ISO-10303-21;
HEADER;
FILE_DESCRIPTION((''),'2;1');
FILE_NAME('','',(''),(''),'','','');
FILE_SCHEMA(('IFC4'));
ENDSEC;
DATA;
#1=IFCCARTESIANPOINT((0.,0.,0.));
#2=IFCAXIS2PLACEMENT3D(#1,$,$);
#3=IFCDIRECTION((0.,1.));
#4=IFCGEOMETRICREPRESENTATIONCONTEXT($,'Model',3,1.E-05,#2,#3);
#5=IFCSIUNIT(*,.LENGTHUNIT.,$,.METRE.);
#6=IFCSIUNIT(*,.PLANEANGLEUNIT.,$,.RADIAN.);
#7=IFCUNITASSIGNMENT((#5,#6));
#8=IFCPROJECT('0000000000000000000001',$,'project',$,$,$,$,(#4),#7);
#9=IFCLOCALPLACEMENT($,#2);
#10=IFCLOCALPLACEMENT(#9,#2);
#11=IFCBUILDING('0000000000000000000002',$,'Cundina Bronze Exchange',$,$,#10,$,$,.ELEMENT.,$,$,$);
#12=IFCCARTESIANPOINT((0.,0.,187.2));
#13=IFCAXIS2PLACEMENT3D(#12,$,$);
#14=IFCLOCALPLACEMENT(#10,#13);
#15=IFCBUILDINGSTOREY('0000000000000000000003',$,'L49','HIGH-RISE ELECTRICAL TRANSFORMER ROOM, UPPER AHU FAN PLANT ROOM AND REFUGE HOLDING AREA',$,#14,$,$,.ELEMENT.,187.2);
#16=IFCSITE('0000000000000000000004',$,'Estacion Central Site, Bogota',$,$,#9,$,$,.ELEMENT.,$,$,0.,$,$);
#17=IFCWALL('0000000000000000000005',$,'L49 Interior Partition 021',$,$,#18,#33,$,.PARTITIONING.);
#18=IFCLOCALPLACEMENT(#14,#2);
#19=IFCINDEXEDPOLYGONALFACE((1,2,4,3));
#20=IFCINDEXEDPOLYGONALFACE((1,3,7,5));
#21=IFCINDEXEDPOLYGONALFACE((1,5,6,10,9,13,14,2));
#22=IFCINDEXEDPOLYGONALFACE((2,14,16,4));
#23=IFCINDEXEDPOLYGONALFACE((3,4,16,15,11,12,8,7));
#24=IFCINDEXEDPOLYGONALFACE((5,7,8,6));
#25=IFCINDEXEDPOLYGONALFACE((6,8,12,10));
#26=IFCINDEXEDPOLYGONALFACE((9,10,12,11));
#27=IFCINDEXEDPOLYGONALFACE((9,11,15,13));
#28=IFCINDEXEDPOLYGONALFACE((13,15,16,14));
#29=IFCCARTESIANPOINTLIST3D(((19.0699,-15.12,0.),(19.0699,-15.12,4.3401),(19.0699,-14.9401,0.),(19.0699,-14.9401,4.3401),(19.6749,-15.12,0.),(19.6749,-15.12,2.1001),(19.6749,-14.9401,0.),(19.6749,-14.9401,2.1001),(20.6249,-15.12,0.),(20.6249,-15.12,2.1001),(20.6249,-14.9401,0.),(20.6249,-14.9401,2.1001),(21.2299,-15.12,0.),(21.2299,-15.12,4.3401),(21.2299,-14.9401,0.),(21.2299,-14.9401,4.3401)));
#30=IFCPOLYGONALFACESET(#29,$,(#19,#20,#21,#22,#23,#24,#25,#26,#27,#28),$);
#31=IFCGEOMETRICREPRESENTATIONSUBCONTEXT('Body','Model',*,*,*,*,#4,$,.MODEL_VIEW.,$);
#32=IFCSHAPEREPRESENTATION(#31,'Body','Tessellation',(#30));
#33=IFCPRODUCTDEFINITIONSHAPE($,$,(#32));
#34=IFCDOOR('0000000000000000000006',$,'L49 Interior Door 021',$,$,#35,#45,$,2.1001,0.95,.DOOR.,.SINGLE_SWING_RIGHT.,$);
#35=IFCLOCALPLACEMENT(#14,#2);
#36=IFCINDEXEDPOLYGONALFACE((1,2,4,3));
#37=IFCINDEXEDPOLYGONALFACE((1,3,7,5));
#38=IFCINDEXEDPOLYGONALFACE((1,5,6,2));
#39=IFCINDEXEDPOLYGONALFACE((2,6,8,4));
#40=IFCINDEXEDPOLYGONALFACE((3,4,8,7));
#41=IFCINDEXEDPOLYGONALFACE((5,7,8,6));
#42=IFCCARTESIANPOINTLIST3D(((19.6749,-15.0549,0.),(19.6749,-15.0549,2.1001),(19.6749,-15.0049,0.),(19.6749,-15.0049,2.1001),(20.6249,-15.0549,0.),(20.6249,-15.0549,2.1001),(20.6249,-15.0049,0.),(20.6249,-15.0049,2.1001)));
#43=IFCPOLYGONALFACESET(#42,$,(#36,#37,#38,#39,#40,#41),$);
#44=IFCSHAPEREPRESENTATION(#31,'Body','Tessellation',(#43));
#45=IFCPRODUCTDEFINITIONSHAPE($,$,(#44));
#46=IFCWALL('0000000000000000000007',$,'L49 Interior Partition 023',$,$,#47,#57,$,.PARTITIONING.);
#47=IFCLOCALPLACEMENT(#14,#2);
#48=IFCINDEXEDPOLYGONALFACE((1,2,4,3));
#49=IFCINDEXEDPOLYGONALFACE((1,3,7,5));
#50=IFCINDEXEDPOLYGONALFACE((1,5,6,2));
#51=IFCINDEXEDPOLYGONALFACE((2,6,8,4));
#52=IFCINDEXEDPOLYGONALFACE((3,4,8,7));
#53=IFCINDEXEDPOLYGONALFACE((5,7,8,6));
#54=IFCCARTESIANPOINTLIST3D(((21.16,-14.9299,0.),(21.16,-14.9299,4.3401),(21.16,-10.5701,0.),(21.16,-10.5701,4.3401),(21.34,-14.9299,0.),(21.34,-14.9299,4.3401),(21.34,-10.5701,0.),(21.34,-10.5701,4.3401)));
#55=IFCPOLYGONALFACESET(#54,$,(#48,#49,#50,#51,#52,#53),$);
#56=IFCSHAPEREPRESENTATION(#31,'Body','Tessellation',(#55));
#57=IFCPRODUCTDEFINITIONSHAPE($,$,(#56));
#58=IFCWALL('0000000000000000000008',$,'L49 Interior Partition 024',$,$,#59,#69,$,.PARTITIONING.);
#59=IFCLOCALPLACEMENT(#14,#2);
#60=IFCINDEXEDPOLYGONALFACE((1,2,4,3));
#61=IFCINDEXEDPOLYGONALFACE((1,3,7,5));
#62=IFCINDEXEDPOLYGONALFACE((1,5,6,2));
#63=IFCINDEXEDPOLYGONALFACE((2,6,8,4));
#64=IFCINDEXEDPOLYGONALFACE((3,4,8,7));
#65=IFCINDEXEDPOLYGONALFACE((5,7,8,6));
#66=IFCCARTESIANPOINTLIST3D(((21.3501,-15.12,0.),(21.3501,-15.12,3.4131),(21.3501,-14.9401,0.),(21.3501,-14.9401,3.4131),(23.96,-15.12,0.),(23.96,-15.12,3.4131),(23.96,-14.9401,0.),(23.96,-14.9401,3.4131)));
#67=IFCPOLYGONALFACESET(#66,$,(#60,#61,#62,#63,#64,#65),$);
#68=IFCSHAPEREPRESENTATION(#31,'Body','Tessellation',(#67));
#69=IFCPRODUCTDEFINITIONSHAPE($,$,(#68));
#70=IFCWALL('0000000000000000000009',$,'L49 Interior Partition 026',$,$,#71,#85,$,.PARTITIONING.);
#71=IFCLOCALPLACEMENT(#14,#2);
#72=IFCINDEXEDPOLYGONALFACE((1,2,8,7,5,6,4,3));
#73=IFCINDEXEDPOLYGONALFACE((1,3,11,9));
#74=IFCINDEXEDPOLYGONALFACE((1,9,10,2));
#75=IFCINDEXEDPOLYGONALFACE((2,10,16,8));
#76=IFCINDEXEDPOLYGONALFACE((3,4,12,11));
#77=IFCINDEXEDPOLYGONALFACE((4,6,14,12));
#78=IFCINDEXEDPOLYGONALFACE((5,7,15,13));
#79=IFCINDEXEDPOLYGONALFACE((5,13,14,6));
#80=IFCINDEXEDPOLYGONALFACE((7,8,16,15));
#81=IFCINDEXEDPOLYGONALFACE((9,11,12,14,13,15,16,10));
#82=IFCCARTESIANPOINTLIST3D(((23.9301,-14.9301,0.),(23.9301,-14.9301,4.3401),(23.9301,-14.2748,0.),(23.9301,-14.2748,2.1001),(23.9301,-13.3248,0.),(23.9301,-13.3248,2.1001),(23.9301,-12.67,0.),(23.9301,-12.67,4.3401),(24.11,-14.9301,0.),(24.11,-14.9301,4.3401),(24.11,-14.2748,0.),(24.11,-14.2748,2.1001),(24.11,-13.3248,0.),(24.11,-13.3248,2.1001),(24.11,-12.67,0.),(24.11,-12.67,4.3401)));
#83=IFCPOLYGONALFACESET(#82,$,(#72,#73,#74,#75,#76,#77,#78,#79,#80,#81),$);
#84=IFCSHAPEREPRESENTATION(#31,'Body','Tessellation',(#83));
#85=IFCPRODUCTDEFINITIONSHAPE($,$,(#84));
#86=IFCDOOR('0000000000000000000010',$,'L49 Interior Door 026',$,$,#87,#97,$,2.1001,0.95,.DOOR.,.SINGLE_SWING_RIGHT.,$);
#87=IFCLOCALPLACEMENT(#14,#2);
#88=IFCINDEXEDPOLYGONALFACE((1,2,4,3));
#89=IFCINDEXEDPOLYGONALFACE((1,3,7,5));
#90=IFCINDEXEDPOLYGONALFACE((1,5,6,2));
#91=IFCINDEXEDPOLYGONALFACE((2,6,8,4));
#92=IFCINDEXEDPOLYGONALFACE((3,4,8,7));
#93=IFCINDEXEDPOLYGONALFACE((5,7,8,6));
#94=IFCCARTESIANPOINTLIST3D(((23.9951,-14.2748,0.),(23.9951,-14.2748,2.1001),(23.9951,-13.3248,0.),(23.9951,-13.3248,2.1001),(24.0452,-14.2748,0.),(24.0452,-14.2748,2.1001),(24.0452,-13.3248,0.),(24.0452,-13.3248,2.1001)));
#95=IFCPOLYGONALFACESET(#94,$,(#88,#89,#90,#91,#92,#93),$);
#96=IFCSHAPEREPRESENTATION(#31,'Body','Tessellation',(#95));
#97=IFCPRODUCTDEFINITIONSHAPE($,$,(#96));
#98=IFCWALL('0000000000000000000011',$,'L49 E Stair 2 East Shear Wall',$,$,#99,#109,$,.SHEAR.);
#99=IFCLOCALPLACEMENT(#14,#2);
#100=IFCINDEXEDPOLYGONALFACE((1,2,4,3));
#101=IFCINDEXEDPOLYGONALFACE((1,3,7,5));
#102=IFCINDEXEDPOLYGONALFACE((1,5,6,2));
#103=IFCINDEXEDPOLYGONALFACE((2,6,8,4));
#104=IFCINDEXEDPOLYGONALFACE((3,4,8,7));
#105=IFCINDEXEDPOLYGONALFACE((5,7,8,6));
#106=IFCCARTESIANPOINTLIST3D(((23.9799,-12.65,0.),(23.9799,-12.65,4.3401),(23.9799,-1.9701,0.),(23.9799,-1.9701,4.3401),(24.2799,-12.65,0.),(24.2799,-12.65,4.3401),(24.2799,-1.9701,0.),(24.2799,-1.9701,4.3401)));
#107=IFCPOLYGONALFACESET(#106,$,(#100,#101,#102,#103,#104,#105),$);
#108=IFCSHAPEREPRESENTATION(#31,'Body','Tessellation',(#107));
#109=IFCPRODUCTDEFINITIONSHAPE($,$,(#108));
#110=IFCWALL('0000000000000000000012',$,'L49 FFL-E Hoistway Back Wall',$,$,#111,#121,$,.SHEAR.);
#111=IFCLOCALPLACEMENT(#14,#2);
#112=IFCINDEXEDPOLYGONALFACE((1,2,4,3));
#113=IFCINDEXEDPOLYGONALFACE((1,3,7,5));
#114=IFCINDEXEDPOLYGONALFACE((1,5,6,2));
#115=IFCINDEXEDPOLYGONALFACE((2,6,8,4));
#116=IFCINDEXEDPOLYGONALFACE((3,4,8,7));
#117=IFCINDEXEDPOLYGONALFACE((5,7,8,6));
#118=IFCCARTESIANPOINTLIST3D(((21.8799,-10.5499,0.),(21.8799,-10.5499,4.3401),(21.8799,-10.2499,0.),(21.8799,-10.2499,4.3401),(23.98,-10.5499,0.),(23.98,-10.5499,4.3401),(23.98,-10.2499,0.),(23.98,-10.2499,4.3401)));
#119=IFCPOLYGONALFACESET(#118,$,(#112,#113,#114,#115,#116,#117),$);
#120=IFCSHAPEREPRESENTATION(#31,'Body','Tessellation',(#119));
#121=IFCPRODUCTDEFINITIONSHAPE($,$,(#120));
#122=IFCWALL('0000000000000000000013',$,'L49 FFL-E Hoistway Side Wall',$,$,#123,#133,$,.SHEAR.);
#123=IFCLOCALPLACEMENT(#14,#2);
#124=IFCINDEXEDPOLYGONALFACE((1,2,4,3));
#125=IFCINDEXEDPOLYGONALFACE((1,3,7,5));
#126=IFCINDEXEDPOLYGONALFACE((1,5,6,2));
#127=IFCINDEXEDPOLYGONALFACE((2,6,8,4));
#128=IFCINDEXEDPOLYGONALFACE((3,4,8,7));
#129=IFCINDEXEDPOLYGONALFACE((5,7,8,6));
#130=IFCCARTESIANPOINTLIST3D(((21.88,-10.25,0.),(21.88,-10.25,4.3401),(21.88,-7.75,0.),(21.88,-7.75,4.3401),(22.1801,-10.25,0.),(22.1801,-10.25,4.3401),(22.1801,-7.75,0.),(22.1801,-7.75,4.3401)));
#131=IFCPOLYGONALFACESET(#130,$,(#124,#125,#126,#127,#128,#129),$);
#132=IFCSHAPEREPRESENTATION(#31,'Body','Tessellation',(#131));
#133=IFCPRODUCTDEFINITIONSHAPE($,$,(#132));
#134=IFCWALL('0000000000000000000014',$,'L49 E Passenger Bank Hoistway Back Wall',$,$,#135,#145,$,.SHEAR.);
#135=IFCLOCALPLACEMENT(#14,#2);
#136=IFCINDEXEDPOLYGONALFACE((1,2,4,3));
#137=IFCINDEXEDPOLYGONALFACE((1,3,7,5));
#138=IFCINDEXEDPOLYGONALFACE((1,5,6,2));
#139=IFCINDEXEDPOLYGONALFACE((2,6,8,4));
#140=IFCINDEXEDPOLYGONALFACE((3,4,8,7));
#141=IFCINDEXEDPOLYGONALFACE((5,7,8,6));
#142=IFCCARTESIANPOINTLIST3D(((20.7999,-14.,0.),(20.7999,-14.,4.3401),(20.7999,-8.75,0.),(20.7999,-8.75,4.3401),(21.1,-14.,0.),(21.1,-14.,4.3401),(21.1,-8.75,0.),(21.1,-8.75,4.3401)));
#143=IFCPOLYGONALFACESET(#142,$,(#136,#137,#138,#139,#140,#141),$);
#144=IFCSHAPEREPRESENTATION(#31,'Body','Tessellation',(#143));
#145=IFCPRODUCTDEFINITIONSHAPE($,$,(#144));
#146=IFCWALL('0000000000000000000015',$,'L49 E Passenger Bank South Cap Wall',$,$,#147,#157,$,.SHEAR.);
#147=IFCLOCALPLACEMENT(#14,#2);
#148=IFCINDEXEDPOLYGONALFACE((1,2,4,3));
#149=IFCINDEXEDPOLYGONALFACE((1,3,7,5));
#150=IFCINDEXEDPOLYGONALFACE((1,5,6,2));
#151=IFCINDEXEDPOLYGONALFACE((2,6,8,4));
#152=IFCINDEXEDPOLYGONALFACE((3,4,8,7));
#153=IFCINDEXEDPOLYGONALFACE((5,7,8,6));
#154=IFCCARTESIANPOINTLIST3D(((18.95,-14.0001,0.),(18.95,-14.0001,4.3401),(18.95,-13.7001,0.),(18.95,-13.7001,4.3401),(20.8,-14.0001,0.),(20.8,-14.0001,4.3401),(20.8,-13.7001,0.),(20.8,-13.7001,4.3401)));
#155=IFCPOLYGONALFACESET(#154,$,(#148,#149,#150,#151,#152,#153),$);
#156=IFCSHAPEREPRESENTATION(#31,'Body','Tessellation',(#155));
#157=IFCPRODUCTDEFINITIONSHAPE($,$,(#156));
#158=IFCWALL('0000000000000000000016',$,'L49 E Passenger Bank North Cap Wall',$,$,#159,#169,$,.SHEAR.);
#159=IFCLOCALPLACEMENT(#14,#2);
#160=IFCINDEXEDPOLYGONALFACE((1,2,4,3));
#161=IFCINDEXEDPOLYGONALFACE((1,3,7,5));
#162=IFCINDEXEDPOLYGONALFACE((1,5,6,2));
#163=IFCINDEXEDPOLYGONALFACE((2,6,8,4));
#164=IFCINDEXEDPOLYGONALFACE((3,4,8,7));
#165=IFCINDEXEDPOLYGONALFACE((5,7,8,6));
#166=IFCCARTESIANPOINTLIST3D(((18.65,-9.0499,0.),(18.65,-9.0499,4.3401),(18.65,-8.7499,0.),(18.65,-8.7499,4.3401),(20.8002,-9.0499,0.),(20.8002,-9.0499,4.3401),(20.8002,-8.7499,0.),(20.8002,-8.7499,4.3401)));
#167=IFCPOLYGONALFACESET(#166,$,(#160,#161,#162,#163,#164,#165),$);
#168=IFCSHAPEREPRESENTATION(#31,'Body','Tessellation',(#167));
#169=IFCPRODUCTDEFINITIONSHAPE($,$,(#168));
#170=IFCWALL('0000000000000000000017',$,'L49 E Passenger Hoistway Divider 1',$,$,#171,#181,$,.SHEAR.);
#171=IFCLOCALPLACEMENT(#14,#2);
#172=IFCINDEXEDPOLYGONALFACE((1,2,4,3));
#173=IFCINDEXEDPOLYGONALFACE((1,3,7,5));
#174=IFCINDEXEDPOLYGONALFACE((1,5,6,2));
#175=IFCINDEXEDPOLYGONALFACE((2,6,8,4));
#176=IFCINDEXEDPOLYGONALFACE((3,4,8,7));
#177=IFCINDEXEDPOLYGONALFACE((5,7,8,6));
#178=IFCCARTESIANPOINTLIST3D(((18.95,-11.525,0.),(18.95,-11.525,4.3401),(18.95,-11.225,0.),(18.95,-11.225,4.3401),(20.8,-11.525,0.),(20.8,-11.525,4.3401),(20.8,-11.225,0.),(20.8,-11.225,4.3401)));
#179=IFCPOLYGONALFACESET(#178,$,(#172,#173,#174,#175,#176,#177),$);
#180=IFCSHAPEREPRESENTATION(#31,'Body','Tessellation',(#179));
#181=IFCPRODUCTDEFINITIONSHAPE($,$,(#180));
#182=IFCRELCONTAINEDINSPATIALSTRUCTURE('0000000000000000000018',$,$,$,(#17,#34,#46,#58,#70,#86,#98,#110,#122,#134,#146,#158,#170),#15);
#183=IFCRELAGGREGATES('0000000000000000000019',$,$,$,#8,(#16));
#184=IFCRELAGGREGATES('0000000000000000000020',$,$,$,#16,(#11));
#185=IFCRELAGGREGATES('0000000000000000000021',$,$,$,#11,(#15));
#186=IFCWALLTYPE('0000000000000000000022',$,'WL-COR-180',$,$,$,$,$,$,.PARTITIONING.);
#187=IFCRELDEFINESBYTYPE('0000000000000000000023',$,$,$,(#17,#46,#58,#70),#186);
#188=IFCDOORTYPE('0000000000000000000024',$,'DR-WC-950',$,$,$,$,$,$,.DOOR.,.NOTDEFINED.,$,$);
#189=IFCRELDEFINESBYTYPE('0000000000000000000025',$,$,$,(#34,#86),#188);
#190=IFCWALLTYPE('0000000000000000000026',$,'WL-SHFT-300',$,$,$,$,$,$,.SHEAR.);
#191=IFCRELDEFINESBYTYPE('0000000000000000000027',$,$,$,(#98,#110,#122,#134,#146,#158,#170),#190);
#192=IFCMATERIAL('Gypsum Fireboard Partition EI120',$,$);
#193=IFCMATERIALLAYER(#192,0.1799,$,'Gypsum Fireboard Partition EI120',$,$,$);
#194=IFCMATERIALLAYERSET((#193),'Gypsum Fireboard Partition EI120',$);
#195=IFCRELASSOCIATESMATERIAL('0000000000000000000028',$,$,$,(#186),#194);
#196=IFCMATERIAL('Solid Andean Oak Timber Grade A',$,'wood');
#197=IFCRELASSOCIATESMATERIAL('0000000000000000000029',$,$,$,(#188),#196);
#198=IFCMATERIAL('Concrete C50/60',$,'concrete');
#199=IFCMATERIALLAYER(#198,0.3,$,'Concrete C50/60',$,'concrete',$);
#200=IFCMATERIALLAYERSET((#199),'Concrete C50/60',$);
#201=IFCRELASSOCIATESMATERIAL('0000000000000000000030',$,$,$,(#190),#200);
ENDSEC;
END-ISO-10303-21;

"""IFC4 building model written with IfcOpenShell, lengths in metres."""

from ifc_helpers import new_model, si_unit, direction, frame, frame_2d, origin, place, context, subcontext, project, spatial, rectangle, extrude, material, layer, layer_set, type_object, element, fill, save


model = new_model("IFC4")

# Units and contexts
model_context = context("Model", 3, precision=1e-05, world=origin(), true_north=direction((0.0, 1.0)))
body_context = subcontext(model_context, "Body", "Model", "MODEL_VIEW")
ifc_project = project(units=[si_unit("LENGTHUNIT", "METRE"), si_unit("PLANEANGLEUNIT", "RADIAN")], contexts=[model_context])

# Site, building, storey
site_placement = place(None, origin())
site = spatial("IfcSite", under=ifc_project, at=site_placement, Name="Estacion Central Site, Bogota", CompositionType="ELEMENT", RefElevation=0.0)
building_placement = place(site_placement, origin())
building = spatial("IfcBuilding", under=site, at=building_placement, Name="Cundina Bronze Exchange", CompositionType="ELEMENT")
storey_placement = place(building_placement, frame((0.0, 0.0, 187.2)))
storey = spatial("IfcBuildingStorey", under=building, at=storey_placement, Name="L49", Description="HIGH-RISE ELECTRICAL TRANSFORMER ROOM, UPPER AHU FAN PLANT ROOM AND REFUGE HOLDING AREA", CompositionType="ELEMENT", Elevation=187.2)

# Shared definitions
ifc_material_1 = material(Name="Concrete C50/60", Category="concrete")

# Shared definitions
ifc_material_2 = material(Name="Gypsum Fireboard Partition EI120")
ifc_layer_1 = layer(ifc_material_2, 0.1799, Name="Gypsum Fireboard Partition EI120")
ifc_layer_set_1 = layer_set([ifc_layer_1], Name="Gypsum Fireboard Partition EI120")
wall_type_1 = type_object("IfcWallType", Name="WL-COR-180", PredefinedType="PARTITIONING", material=ifc_layer_set_1)

# Wall, opening, door
wall_1_placement = place(storey_placement, frame((21.23, -15.03, 0.0), z_axis=(0.0, 0.0, 1.0), x_axis=(-1.0, 0.0, 0.0)))
wall_1 = element("IfcWall", 1, at=wall_1_placement, inside=storey, type_object=wall_type_1, Name="L49 Interior Partition 021", PredefinedType="PARTITIONING", context=body_context, shape_type="SweptSolid", body=[
    extrude(rectangle(XDim=2.1599, YDim=0.1799, at=frame_2d((1.0801, 0.0))), origin(), (0.0, 0.0, 1.0), 4.3401),
])
opening_1_placement = place(wall_1_placement, frame((0.605, 0.0, 0.0)))
opening_1 = element("IfcOpeningElement", 2, at=opening_1_placement, cuts=wall_1, PredefinedType="OPENING", context=body_context, shape_type="SweptSolid", body=[
    extrude(rectangle(XDim=0.95, YDim=2.1001, at=frame_2d((0.4751, 1.05))), frame((0.0, 0.0999, 0.0), z_axis=(0.0, -1.0, 0.0), x_axis=(1.0, 0.0, 0.0)), (0.0, 0.0, 1.0), 0.2),
])
ifc_material_3 = material(Name="Solid Andean Oak Timber Grade A", Category="wood")
door_type_1 = type_object("IfcDoorType", Name="DR-WC-950", OperationType="NOTDEFINED", PredefinedType="DOOR", material=ifc_material_3)
door_1_placement = place(opening_1_placement, origin())
door_1 = element("IfcDoor", 3, at=door_1_placement, inside=storey, type_object=door_type_1, Name="L49 Interior Door 021", OperationType="SINGLE_SWING_RIGHT", OverallHeight=2.1001, OverallWidth=0.95, PredefinedType="DOOR", context=body_context, shape_type="SweptSolid", body=[
    extrude(rectangle(XDim=0.95, YDim=2.1001, at=frame_2d((0.4751, 1.05))), frame((0.0, 0.0249, 0.0), z_axis=(0.0, -1.0, 0.0), x_axis=(1.0, 0.0, 0.0)), (0.0, 0.0, 1.0), 0.05),
])
fill(opening_1, door_1)

# Walls
wall_2_placement = place(storey_placement, frame((21.25, -14.9299, 0.0), z_axis=(0.0, 0.0, 1.0), x_axis=(0.0, 1.0, 0.0)))
element("IfcWall", 4, at=wall_2_placement, inside=storey, type_object=wall_type_1, Name="L49 Interior Partition 023", PredefinedType="PARTITIONING", context=body_context, shape_type="SweptSolid", body=[
    extrude(rectangle(XDim=4.3599, YDim=0.1799, at=frame_2d((2.1799, 0.0))), origin(), (0.0, 0.0, 1.0), 4.3401),
])
wall_3_placement = place(storey_placement, frame((21.3501, -15.03, 0.0), z_axis=(0.0, 0.0, 1.0), x_axis=(1.0, 0.0, 0.0)))
element("IfcWall", 5, at=wall_3_placement, inside=storey, type_object=wall_type_1, Name="L49 Interior Partition 024", PredefinedType="PARTITIONING", context=body_context, shape_type="SweptSolid", body=[
    extrude(rectangle(XDim=2.6099, YDim=0.1799, at=frame_2d((1.3049, 0.0))), origin(), (0.0, 0.0, 1.0), 3.4131),
])

# Wall, opening, door
wall_4_placement = place(storey_placement, frame((24.02, -14.9299, 0.0), z_axis=(0.0, 0.0, 1.0), x_axis=(0.0, 1.0, 0.0)))
wall_4 = element("IfcWall", 6, at=wall_4_placement, inside=storey, type_object=wall_type_1, Name="L49 Interior Partition 026", PredefinedType="PARTITIONING", context=body_context, shape_type="SweptSolid", body=[
    extrude(rectangle(XDim=2.26, YDim=0.1799, at=frame_2d((1.1299, 0.0))), origin(), (0.0, 0.0, 1.0), 4.3401),
])
opening_2_placement = place(wall_4_placement, frame((0.655, 0.0, 0.0)))
opening_2 = element("IfcOpeningElement", 7, at=opening_2_placement, cuts=wall_4, PredefinedType="OPENING", context=body_context, shape_type="SweptSolid", body=[
    extrude(rectangle(XDim=0.95, YDim=2.1001, at=frame_2d((0.4751, 1.05))), frame((0.0, 0.0999, 0.0), z_axis=(0.0, -1.0, 0.0), x_axis=(1.0, 0.0, 0.0)), (0.0, 0.0, 1.0), 0.2),
])
door_2_placement = place(opening_2_placement, origin())
door_2 = element("IfcDoor", 8, at=door_2_placement, inside=storey, type_object=door_type_1, Name="L49 Interior Door 026", OperationType="SINGLE_SWING_RIGHT", OverallHeight=2.1001, OverallWidth=0.95, PredefinedType="DOOR", context=body_context, shape_type="SweptSolid", body=[
    extrude(rectangle(XDim=0.95, YDim=2.1001, at=frame_2d((0.4751, 1.05))), frame((0.0, 0.0249, 0.0), z_axis=(0.0, -1.0, 0.0), x_axis=(1.0, 0.0, 0.0)), (0.0, 0.0, 1.0), 0.05),
])
fill(opening_2, door_2)

# Walls
ifc_layer_2 = layer(ifc_material_1, 0.3, Name="Concrete C50/60", Category="concrete")
ifc_layer_set_2 = layer_set([ifc_layer_2], Name="Concrete C50/60")
wall_type_2 = type_object("IfcWallType", Name="WL-SHFT-300", PredefinedType="SHEAR", material=ifc_layer_set_2)
wall_5_placement = place(storey_placement, frame((24.1299, -12.6499, 0.0), z_axis=(0.0, 0.0, 1.0), x_axis=(0.0, 1.0, 0.0)))
element("IfcWall", 9, at=wall_5_placement, inside=storey, type_object=wall_type_2, Name="L49 E Stair 2 East Shear Wall", PredefinedType="SHEAR", context=body_context, shape_type="SweptSolid", body=[
    extrude(rectangle(XDim=10.6799, YDim=0.3, at=frame_2d((5.3398, 0.0))), origin(), (0.0, 0.0, 1.0), 4.3401),
])
wall_6_placement = place(storey_placement, frame((21.8799, -10.3999, 0.0), z_axis=(0.0, 0.0, 1.0), x_axis=(1.0, 0.0, 0.0)))
element("IfcWall", 10, at=wall_6_placement, inside=storey, type_object=wall_type_2, Name="L49 FFL-E Hoistway Back Wall", PredefinedType="SHEAR", context=body_context, shape_type="SweptSolid", body=[
    extrude(rectangle(XDim=2.1001, YDim=0.3, at=frame_2d((1.05, 0.0))), origin(), (0.0, 0.0, 1.0), 4.3401),
])
wall_7_placement = place(storey_placement, frame((22.03, -10.25, 0.0), z_axis=(0.0, 0.0, 1.0), x_axis=(0.0, 1.0, 0.0)))
element("IfcWall", 11, at=wall_7_placement, inside=storey, type_object=wall_type_2, Name="L49 FFL-E Hoistway Side Wall", PredefinedType="SHEAR", context=body_context, shape_type="SweptSolid", body=[
    extrude(rectangle(XDim=2.5, YDim=0.3, at=frame_2d((1.25, 0.0))), origin(), (0.0, 0.0, 1.0), 4.3401),
])
wall_8_placement = place(storey_placement, frame((20.95, -14.0, 0.0), z_axis=(0.0, 0.0, 1.0), x_axis=(0.0, 1.0, 0.0)))
element("IfcWall", 12, at=wall_8_placement, inside=storey, type_object=wall_type_2, Name="L49 E Passenger Bank Hoistway Back Wall", PredefinedType="SHEAR", context=body_context, shape_type="SweptSolid", body=[
    extrude(rectangle(XDim=5.25, YDim=0.3, at=frame_2d((2.625, 0.0))), origin(), (0.0, 0.0, 1.0), 4.3401),
])
wall_9_placement = place(storey_placement, frame((18.95, -13.8501, 0.0), z_axis=(0.0, 0.0, 1.0), x_axis=(1.0, 0.0, 0.0)))
element("IfcWall", 13, at=wall_9_placement, inside=storey, type_object=wall_type_2, Name="L49 E Passenger Bank South Cap Wall", PredefinedType="SHEAR", context=body_context, shape_type="SweptSolid", body=[
    extrude(rectangle(XDim=1.8501, YDim=0.3, at=frame_2d((0.925, 0.0))), origin(), (0.0, 0.0, 1.0), 4.3401),
])
wall_10_placement = place(storey_placement, frame((18.6499, -8.8999, 0.0), z_axis=(0.0, 0.0, 1.0), x_axis=(1.0, 0.0, 0.0)))
element("IfcWall", 14, at=wall_10_placement, inside=storey, type_object=wall_type_2, Name="L49 E Passenger Bank North Cap Wall", PredefinedType="SHEAR", context=body_context, shape_type="SweptSolid", body=[
    extrude(rectangle(XDim=2.1501, YDim=0.3, at=frame_2d((1.0752, 0.0))), origin(), (0.0, 0.0, 1.0), 4.3401),
])
wall_11_placement = place(storey_placement, frame((18.95, -11.375, 0.0), z_axis=(0.0, 0.0, 1.0), x_axis=(1.0, 0.0, 0.0)))
element("IfcWall", 15, at=wall_11_placement, inside=storey, type_object=wall_type_2, Name="L49 E Passenger Hoistway Divider 1", PredefinedType="SHEAR", context=body_context, shape_type="SweptSolid", body=[
    extrude(rectangle(XDim=1.8501, YDim=0.3, at=frame_2d((0.925, 0.0))), origin(), (0.0, 0.0, 1.0), 4.3401),
])

save(model, "model.ifc")
